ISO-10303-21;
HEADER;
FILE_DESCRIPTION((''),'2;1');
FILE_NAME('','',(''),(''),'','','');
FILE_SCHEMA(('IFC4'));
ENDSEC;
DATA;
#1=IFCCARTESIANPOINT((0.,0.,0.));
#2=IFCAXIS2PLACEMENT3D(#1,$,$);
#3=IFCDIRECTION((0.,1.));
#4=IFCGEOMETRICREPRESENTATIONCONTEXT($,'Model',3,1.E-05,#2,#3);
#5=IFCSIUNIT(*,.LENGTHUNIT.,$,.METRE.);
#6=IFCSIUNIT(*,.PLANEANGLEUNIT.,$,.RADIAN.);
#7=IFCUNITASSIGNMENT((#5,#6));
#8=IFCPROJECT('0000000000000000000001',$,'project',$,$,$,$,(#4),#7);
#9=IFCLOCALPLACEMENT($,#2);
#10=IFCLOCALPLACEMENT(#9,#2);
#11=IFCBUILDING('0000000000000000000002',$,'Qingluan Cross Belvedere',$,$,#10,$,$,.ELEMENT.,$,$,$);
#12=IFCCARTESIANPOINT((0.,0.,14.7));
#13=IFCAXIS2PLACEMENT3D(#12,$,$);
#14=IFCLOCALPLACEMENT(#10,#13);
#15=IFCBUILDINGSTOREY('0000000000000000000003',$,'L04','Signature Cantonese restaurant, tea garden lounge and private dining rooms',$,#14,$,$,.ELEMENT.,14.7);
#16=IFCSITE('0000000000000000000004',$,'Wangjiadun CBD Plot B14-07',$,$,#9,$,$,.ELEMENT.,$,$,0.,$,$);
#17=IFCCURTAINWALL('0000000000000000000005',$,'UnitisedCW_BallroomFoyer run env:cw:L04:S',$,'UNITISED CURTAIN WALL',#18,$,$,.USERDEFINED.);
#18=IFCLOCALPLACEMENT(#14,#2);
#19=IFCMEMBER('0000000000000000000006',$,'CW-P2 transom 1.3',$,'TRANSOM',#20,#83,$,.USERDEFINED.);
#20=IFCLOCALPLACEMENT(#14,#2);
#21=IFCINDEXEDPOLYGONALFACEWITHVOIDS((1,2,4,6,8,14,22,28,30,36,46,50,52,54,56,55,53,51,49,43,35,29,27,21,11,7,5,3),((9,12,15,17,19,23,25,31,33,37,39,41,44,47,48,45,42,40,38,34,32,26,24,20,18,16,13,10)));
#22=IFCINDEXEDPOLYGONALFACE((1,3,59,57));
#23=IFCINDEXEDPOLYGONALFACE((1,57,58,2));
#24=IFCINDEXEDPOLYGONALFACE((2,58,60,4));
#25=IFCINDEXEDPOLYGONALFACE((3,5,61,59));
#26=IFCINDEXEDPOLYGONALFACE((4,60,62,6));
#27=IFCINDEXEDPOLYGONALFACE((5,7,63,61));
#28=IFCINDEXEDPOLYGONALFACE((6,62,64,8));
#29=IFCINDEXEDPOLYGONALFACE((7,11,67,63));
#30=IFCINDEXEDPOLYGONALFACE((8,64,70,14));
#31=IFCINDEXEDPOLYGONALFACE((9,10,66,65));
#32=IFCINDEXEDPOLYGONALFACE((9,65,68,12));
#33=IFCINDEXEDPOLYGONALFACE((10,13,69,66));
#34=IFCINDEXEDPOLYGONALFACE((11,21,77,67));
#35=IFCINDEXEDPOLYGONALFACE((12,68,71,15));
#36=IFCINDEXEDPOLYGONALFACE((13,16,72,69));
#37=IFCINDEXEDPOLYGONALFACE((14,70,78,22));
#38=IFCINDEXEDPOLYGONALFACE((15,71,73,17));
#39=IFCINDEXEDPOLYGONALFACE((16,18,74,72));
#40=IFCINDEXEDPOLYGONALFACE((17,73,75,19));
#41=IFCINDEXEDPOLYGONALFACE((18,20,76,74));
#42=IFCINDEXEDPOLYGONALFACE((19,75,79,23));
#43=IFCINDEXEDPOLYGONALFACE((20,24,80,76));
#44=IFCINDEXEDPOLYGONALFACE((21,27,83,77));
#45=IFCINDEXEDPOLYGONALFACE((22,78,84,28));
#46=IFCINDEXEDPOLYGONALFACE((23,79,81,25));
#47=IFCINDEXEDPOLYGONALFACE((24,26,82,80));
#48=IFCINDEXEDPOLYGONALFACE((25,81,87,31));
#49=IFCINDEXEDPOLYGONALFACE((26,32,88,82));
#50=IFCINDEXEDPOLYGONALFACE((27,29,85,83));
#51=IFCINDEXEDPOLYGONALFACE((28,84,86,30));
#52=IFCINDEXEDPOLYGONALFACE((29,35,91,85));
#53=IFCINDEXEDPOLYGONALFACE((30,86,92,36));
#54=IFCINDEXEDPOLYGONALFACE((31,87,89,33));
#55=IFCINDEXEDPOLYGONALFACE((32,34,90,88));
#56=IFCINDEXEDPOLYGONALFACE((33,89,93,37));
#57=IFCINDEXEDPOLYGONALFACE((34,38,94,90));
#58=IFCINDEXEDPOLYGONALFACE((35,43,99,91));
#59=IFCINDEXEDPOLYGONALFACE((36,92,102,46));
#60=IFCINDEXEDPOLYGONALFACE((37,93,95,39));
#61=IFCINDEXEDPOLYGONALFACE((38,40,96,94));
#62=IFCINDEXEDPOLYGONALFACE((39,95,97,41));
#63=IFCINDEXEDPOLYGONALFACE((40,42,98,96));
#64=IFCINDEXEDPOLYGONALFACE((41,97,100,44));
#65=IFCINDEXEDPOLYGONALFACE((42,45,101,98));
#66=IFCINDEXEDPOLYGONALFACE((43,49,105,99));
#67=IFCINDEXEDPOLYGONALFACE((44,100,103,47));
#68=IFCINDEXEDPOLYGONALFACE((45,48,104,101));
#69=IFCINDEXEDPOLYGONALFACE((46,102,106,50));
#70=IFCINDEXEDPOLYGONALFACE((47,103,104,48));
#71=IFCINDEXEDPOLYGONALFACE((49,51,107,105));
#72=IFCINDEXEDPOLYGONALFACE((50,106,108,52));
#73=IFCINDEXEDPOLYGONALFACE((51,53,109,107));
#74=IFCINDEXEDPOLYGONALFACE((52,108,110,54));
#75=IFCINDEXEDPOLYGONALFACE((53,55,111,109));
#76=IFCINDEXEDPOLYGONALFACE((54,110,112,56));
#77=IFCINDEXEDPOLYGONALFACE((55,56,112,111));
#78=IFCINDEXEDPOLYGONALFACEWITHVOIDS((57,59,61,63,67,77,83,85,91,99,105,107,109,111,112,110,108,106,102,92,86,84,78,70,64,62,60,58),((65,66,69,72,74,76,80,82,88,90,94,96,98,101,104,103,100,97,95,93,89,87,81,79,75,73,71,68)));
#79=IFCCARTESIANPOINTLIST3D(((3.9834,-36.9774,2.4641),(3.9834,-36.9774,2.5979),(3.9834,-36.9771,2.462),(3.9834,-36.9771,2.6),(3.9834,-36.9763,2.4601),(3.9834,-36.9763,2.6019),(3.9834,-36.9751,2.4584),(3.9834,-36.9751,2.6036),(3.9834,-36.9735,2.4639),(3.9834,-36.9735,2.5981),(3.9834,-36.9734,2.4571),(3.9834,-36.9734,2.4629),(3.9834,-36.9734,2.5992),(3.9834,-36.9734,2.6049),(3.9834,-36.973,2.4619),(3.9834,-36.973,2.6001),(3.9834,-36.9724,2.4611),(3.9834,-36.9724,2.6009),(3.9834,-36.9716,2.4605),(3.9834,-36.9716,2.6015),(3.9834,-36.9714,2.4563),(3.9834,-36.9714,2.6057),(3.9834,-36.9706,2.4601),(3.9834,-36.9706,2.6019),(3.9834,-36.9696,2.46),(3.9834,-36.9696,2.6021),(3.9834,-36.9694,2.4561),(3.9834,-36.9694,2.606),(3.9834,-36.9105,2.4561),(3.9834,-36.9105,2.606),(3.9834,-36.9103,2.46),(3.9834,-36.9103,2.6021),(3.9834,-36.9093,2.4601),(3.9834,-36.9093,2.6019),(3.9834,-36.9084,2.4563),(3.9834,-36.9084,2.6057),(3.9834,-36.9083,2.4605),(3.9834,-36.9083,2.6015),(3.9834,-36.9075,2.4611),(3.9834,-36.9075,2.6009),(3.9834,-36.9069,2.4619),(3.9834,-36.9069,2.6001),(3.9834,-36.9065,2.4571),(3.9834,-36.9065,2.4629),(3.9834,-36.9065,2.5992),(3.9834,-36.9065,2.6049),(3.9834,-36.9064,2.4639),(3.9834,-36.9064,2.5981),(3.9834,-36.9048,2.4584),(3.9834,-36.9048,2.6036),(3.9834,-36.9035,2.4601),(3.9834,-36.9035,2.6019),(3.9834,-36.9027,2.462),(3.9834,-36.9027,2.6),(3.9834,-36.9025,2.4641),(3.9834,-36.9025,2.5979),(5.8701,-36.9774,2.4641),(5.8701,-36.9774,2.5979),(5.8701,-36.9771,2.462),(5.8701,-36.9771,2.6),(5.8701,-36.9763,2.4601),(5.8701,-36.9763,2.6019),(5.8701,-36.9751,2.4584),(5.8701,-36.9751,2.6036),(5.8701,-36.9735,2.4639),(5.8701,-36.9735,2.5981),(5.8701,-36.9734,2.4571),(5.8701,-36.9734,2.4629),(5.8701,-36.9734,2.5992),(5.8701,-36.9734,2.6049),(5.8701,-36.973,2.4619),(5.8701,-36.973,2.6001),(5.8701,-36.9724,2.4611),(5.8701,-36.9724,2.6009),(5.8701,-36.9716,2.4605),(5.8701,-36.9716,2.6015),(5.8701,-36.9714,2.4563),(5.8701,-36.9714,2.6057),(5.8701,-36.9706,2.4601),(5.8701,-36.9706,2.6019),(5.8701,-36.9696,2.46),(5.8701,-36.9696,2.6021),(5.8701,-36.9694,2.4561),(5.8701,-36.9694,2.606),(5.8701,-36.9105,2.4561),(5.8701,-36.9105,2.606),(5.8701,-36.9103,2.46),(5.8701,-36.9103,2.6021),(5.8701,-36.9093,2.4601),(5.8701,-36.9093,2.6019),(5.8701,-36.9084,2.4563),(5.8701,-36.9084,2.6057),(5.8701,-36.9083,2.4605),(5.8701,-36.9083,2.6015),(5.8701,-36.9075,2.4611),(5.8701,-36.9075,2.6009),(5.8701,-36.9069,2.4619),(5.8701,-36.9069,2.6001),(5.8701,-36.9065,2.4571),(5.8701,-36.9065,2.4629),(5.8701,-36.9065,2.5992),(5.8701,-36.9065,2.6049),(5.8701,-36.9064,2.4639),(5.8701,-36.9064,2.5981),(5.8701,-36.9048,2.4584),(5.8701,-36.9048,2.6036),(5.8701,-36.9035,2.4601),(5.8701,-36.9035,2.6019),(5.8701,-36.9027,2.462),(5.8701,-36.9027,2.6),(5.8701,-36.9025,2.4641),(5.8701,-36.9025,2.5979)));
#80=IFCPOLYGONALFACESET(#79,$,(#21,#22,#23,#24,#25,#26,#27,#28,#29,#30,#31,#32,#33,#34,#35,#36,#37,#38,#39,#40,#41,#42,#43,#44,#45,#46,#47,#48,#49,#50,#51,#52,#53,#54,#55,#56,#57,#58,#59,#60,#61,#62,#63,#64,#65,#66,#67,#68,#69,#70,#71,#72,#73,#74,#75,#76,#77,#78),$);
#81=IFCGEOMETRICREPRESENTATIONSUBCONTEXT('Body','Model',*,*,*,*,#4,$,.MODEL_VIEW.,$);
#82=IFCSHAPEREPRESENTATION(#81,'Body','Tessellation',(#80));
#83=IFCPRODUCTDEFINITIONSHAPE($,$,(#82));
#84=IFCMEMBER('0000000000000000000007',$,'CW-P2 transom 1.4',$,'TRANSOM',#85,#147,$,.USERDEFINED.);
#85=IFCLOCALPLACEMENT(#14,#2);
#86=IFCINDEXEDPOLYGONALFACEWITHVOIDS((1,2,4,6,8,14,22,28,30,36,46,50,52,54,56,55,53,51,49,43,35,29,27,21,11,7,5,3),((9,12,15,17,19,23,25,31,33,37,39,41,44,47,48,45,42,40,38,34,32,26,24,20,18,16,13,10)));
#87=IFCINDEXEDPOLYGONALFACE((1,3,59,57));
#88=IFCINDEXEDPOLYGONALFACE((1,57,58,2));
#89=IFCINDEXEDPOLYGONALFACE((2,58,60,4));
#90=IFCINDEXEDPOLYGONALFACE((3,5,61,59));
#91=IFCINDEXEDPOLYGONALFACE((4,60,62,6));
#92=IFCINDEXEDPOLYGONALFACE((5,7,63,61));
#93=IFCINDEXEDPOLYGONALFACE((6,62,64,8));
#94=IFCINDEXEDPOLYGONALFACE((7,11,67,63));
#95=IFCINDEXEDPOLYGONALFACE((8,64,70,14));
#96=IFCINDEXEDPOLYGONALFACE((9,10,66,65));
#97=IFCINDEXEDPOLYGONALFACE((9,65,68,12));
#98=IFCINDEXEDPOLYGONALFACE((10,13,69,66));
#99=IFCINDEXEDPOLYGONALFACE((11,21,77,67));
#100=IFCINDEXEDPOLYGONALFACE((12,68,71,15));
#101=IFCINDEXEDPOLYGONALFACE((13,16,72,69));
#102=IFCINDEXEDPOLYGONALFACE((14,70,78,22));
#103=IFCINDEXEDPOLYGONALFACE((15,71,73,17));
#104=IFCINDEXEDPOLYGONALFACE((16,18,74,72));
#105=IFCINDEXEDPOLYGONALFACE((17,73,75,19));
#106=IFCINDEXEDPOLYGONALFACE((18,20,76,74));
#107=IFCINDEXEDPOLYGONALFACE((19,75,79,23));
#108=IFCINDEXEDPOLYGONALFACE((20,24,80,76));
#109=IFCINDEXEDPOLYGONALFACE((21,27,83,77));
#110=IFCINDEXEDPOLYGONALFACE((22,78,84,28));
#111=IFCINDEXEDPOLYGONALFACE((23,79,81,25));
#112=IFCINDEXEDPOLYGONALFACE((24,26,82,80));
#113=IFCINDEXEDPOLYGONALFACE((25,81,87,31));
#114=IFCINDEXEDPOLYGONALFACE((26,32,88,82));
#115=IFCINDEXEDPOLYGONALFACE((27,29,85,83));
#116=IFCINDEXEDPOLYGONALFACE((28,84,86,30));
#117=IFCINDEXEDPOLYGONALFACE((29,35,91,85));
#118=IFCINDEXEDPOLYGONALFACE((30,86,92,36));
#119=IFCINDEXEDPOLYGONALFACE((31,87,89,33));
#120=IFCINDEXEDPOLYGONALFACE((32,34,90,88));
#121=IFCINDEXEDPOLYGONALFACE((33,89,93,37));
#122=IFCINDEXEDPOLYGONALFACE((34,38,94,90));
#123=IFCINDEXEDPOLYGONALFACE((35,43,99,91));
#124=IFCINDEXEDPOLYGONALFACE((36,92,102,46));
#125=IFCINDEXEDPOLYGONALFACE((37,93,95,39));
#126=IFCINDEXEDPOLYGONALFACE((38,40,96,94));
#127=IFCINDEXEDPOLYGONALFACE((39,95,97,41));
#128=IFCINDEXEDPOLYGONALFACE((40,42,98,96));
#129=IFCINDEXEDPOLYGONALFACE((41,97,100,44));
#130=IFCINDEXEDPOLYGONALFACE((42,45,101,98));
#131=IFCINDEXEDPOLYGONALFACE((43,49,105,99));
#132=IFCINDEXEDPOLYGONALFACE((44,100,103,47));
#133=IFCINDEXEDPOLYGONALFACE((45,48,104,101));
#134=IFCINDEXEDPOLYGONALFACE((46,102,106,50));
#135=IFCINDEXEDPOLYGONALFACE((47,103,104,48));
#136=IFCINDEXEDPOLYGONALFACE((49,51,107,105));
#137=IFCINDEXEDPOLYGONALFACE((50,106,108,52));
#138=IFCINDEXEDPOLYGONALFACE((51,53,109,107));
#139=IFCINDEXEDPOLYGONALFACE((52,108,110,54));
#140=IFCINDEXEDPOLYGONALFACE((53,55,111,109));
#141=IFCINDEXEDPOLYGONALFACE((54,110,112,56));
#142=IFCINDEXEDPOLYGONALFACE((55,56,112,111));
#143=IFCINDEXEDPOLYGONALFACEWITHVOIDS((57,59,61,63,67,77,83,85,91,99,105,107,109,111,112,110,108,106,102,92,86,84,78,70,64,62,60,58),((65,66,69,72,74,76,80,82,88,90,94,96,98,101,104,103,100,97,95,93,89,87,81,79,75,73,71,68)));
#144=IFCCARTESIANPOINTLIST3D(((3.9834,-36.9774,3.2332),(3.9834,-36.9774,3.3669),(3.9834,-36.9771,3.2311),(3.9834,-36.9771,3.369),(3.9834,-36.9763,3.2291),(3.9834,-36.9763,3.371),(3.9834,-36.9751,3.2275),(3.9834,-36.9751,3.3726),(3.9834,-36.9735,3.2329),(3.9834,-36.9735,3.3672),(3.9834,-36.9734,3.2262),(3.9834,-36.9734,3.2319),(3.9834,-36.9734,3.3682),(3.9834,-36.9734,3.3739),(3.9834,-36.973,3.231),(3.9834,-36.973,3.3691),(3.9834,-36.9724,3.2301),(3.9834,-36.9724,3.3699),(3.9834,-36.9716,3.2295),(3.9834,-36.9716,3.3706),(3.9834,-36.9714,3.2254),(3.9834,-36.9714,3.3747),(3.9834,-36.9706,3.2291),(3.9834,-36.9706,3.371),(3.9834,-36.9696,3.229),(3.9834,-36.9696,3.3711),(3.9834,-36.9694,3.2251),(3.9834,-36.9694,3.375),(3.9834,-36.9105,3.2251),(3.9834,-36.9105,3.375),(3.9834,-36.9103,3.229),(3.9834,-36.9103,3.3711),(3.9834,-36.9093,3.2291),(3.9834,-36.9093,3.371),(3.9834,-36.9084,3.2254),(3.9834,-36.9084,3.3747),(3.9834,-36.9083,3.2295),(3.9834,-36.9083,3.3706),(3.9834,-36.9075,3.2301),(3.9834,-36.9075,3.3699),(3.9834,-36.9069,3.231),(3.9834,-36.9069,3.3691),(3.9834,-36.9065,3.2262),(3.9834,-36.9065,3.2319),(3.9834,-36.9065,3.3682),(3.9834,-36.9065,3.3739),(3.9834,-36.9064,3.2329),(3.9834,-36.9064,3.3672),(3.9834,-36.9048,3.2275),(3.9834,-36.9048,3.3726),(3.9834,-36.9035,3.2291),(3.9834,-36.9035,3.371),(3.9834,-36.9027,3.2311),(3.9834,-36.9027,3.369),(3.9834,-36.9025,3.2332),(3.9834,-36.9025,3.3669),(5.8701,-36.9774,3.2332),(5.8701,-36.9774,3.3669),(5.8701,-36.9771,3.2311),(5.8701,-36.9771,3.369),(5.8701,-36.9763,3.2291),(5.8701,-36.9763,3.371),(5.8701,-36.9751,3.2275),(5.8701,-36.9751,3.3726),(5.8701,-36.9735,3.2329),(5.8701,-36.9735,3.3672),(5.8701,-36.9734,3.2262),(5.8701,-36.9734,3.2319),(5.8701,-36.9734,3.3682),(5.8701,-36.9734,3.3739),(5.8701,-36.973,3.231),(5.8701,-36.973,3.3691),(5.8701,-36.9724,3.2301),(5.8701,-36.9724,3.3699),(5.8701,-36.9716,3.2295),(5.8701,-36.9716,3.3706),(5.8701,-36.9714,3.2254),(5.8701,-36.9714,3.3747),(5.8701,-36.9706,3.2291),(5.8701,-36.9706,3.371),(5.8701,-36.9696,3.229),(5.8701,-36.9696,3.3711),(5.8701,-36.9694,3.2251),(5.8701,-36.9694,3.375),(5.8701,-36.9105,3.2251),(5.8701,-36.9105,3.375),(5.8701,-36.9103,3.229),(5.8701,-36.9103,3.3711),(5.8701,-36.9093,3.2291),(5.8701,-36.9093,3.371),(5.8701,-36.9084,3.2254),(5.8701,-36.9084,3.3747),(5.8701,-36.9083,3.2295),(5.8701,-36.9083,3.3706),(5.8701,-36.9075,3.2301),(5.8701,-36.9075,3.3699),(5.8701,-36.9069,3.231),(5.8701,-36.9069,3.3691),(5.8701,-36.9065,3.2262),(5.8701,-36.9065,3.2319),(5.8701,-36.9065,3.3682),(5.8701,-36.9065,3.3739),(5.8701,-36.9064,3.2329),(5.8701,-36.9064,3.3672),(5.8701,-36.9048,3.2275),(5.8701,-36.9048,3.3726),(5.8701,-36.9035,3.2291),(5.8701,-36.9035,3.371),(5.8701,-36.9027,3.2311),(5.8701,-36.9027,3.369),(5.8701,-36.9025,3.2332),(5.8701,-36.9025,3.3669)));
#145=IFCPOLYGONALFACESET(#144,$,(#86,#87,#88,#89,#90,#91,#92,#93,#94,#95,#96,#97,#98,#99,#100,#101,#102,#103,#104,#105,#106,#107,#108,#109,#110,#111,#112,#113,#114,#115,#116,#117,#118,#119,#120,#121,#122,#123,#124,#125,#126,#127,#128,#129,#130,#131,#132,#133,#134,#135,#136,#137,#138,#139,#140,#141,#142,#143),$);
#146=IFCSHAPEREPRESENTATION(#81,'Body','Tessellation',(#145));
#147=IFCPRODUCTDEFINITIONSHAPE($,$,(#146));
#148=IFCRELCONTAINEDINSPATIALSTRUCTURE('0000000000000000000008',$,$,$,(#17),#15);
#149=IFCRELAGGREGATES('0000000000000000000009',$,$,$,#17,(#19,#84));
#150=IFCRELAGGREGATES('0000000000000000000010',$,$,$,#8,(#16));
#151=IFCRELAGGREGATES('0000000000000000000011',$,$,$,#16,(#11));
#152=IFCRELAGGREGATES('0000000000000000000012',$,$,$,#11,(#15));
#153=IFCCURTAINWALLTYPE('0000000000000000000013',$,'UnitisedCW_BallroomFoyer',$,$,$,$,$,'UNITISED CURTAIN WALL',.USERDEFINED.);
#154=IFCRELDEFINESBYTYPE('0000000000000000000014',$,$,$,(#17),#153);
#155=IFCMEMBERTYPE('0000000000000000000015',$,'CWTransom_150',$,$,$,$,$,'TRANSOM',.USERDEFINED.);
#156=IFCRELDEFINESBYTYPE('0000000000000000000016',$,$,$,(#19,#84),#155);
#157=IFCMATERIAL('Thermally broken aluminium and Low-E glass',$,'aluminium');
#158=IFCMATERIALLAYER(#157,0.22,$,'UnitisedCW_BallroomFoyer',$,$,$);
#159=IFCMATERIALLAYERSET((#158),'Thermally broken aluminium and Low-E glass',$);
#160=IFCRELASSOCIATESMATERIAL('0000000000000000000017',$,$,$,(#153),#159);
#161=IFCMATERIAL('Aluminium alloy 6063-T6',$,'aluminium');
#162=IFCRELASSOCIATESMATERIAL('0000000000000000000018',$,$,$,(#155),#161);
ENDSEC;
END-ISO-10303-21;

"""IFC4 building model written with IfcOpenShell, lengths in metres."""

from ifc_helpers import new_model, si_unit, direction, frame, origin, origin_2d, place, context, subcontext, project, spatial, hollow_rectangle, extrude, material, layer, layer_set, material_profile, profile_set, type_object, element, aggregate, save


model = new_model("IFC4")

# Units and contexts
model_context = context("Model", 3, precision=1e-05, world=origin(), true_north=direction((0.0, 1.0)))
body_context = subcontext(model_context, "Body", "Model", "MODEL_VIEW")
ifc_project = project(units=[si_unit("LENGTHUNIT", "METRE"), si_unit("PLANEANGLEUNIT", "RADIAN")], contexts=[model_context])

# Site, building, storey
site_placement = place(None, origin())
site = spatial("IfcSite", under=ifc_project, at=site_placement, Name="Wangjiadun CBD Plot B14-07", CompositionType="ELEMENT", RefElevation=0.0)
building_placement = place(site_placement, origin())
building = spatial("IfcBuilding", under=site, at=building_placement, Name="Qingluan Cross Belvedere", CompositionType="ELEMENT")
storey_placement = place(building_placement, frame((0.0, 0.0, 14.7)))
storey = spatial("IfcBuildingStorey", under=building, at=storey_placement, Name="L04", Description="Signature Cantonese restaurant, tea garden lounge and private dining rooms", CompositionType="ELEMENT", Elevation=14.7)

# Curtain wall, members
ifc_material_1 = material(Name="Thermally broken aluminium and Low-E glass", Category="aluminium")
ifc_layer_1 = layer(ifc_material_1, 0.22, Name="UnitisedCW_BallroomFoyer")
ifc_layer_set_1 = layer_set([ifc_layer_1], Name="Thermally broken aluminium and Low-E glass")
curtain_wall_type = type_object("IfcCurtainWallType", Name="UnitisedCW_BallroomFoyer", ElementType="UNITISED CURTAIN WALL", PredefinedType="USERDEFINED", material=ifc_layer_set_1)
curtain_wall_placement = place(storey_placement, origin())
curtain_wall = element("IfcCurtainWall", 1, at=curtain_wall_placement, inside=storey, type_object=curtain_wall_type, Name="UnitisedCW_BallroomFoyer run env:cw:L04:S", ObjectType="UNITISED CURTAIN WALL", PredefinedType="USERDEFINED")
ifc_material_2 = material(Name="Aluminium alloy 6063-T6", Category="aluminium")
ifc_material_profile_1 = material_profile(ifc_material_2, hollow_rectangle(XDim=0.075, YDim=0.1499, WallThickness=0.0039, InnerFilletRadius=0.0039, OuterFilletRadius=0.0081, at=origin_2d()), Name="CWT150x75x4")
ifc_profile_set_1 = profile_set([ifc_material_profile_1], Name="Aluminium alloy 6063-T6")
member_type_1 = type_object("IfcMemberType", Name="CWTransom_150", ElementType="TRANSOM", PredefinedType="USERDEFINED", material=ifc_profile_set_1)
member_1_placement = place(storey_placement, frame((5.8701, -36.9399, 2.531), z_axis=(-1.0, 0.0, 0.0), x_axis=(0.0, -1.0, 0.0)))
member_1 = element("IfcMember", 2, at=member_1_placement, type_object=member_type_1, Name="CW-P2 transom 1.3", ObjectType="TRANSOM", PredefinedType="USERDEFINED", context=body_context, shape_type="SweptSolid", body=[
    extrude(hollow_rectangle(XDim=0.075, YDim=0.1499, WallThickness=0.0039, InnerFilletRadius=0.0039, OuterFilletRadius=0.0081, at=origin_2d()), origin(), (0.0, 0.0, 1.0), 1.8867),
])
member_2_placement = place(storey_placement, frame((5.8701, -36.9399, 3.3), z_axis=(-1.0, 0.0, 0.0), x_axis=(0.0, -1.0, 0.0)))
member_2 = element("IfcMember", 3, at=member_2_placement, type_object=member_type_1, Name="CW-P2 transom 1.4", ObjectType="TRANSOM", PredefinedType="USERDEFINED", context=body_context, shape_type="SweptSolid", body=[
    extrude(hollow_rectangle(XDim=0.075, YDim=0.1499, WallThickness=0.0039, InnerFilletRadius=0.0039, OuterFilletRadius=0.0081, at=origin_2d()), origin(), (0.0, 0.0, 1.0), 1.8867),
])
aggregate(curtain_wall, [member_1, member_2])

save(model, "model.ifc")
